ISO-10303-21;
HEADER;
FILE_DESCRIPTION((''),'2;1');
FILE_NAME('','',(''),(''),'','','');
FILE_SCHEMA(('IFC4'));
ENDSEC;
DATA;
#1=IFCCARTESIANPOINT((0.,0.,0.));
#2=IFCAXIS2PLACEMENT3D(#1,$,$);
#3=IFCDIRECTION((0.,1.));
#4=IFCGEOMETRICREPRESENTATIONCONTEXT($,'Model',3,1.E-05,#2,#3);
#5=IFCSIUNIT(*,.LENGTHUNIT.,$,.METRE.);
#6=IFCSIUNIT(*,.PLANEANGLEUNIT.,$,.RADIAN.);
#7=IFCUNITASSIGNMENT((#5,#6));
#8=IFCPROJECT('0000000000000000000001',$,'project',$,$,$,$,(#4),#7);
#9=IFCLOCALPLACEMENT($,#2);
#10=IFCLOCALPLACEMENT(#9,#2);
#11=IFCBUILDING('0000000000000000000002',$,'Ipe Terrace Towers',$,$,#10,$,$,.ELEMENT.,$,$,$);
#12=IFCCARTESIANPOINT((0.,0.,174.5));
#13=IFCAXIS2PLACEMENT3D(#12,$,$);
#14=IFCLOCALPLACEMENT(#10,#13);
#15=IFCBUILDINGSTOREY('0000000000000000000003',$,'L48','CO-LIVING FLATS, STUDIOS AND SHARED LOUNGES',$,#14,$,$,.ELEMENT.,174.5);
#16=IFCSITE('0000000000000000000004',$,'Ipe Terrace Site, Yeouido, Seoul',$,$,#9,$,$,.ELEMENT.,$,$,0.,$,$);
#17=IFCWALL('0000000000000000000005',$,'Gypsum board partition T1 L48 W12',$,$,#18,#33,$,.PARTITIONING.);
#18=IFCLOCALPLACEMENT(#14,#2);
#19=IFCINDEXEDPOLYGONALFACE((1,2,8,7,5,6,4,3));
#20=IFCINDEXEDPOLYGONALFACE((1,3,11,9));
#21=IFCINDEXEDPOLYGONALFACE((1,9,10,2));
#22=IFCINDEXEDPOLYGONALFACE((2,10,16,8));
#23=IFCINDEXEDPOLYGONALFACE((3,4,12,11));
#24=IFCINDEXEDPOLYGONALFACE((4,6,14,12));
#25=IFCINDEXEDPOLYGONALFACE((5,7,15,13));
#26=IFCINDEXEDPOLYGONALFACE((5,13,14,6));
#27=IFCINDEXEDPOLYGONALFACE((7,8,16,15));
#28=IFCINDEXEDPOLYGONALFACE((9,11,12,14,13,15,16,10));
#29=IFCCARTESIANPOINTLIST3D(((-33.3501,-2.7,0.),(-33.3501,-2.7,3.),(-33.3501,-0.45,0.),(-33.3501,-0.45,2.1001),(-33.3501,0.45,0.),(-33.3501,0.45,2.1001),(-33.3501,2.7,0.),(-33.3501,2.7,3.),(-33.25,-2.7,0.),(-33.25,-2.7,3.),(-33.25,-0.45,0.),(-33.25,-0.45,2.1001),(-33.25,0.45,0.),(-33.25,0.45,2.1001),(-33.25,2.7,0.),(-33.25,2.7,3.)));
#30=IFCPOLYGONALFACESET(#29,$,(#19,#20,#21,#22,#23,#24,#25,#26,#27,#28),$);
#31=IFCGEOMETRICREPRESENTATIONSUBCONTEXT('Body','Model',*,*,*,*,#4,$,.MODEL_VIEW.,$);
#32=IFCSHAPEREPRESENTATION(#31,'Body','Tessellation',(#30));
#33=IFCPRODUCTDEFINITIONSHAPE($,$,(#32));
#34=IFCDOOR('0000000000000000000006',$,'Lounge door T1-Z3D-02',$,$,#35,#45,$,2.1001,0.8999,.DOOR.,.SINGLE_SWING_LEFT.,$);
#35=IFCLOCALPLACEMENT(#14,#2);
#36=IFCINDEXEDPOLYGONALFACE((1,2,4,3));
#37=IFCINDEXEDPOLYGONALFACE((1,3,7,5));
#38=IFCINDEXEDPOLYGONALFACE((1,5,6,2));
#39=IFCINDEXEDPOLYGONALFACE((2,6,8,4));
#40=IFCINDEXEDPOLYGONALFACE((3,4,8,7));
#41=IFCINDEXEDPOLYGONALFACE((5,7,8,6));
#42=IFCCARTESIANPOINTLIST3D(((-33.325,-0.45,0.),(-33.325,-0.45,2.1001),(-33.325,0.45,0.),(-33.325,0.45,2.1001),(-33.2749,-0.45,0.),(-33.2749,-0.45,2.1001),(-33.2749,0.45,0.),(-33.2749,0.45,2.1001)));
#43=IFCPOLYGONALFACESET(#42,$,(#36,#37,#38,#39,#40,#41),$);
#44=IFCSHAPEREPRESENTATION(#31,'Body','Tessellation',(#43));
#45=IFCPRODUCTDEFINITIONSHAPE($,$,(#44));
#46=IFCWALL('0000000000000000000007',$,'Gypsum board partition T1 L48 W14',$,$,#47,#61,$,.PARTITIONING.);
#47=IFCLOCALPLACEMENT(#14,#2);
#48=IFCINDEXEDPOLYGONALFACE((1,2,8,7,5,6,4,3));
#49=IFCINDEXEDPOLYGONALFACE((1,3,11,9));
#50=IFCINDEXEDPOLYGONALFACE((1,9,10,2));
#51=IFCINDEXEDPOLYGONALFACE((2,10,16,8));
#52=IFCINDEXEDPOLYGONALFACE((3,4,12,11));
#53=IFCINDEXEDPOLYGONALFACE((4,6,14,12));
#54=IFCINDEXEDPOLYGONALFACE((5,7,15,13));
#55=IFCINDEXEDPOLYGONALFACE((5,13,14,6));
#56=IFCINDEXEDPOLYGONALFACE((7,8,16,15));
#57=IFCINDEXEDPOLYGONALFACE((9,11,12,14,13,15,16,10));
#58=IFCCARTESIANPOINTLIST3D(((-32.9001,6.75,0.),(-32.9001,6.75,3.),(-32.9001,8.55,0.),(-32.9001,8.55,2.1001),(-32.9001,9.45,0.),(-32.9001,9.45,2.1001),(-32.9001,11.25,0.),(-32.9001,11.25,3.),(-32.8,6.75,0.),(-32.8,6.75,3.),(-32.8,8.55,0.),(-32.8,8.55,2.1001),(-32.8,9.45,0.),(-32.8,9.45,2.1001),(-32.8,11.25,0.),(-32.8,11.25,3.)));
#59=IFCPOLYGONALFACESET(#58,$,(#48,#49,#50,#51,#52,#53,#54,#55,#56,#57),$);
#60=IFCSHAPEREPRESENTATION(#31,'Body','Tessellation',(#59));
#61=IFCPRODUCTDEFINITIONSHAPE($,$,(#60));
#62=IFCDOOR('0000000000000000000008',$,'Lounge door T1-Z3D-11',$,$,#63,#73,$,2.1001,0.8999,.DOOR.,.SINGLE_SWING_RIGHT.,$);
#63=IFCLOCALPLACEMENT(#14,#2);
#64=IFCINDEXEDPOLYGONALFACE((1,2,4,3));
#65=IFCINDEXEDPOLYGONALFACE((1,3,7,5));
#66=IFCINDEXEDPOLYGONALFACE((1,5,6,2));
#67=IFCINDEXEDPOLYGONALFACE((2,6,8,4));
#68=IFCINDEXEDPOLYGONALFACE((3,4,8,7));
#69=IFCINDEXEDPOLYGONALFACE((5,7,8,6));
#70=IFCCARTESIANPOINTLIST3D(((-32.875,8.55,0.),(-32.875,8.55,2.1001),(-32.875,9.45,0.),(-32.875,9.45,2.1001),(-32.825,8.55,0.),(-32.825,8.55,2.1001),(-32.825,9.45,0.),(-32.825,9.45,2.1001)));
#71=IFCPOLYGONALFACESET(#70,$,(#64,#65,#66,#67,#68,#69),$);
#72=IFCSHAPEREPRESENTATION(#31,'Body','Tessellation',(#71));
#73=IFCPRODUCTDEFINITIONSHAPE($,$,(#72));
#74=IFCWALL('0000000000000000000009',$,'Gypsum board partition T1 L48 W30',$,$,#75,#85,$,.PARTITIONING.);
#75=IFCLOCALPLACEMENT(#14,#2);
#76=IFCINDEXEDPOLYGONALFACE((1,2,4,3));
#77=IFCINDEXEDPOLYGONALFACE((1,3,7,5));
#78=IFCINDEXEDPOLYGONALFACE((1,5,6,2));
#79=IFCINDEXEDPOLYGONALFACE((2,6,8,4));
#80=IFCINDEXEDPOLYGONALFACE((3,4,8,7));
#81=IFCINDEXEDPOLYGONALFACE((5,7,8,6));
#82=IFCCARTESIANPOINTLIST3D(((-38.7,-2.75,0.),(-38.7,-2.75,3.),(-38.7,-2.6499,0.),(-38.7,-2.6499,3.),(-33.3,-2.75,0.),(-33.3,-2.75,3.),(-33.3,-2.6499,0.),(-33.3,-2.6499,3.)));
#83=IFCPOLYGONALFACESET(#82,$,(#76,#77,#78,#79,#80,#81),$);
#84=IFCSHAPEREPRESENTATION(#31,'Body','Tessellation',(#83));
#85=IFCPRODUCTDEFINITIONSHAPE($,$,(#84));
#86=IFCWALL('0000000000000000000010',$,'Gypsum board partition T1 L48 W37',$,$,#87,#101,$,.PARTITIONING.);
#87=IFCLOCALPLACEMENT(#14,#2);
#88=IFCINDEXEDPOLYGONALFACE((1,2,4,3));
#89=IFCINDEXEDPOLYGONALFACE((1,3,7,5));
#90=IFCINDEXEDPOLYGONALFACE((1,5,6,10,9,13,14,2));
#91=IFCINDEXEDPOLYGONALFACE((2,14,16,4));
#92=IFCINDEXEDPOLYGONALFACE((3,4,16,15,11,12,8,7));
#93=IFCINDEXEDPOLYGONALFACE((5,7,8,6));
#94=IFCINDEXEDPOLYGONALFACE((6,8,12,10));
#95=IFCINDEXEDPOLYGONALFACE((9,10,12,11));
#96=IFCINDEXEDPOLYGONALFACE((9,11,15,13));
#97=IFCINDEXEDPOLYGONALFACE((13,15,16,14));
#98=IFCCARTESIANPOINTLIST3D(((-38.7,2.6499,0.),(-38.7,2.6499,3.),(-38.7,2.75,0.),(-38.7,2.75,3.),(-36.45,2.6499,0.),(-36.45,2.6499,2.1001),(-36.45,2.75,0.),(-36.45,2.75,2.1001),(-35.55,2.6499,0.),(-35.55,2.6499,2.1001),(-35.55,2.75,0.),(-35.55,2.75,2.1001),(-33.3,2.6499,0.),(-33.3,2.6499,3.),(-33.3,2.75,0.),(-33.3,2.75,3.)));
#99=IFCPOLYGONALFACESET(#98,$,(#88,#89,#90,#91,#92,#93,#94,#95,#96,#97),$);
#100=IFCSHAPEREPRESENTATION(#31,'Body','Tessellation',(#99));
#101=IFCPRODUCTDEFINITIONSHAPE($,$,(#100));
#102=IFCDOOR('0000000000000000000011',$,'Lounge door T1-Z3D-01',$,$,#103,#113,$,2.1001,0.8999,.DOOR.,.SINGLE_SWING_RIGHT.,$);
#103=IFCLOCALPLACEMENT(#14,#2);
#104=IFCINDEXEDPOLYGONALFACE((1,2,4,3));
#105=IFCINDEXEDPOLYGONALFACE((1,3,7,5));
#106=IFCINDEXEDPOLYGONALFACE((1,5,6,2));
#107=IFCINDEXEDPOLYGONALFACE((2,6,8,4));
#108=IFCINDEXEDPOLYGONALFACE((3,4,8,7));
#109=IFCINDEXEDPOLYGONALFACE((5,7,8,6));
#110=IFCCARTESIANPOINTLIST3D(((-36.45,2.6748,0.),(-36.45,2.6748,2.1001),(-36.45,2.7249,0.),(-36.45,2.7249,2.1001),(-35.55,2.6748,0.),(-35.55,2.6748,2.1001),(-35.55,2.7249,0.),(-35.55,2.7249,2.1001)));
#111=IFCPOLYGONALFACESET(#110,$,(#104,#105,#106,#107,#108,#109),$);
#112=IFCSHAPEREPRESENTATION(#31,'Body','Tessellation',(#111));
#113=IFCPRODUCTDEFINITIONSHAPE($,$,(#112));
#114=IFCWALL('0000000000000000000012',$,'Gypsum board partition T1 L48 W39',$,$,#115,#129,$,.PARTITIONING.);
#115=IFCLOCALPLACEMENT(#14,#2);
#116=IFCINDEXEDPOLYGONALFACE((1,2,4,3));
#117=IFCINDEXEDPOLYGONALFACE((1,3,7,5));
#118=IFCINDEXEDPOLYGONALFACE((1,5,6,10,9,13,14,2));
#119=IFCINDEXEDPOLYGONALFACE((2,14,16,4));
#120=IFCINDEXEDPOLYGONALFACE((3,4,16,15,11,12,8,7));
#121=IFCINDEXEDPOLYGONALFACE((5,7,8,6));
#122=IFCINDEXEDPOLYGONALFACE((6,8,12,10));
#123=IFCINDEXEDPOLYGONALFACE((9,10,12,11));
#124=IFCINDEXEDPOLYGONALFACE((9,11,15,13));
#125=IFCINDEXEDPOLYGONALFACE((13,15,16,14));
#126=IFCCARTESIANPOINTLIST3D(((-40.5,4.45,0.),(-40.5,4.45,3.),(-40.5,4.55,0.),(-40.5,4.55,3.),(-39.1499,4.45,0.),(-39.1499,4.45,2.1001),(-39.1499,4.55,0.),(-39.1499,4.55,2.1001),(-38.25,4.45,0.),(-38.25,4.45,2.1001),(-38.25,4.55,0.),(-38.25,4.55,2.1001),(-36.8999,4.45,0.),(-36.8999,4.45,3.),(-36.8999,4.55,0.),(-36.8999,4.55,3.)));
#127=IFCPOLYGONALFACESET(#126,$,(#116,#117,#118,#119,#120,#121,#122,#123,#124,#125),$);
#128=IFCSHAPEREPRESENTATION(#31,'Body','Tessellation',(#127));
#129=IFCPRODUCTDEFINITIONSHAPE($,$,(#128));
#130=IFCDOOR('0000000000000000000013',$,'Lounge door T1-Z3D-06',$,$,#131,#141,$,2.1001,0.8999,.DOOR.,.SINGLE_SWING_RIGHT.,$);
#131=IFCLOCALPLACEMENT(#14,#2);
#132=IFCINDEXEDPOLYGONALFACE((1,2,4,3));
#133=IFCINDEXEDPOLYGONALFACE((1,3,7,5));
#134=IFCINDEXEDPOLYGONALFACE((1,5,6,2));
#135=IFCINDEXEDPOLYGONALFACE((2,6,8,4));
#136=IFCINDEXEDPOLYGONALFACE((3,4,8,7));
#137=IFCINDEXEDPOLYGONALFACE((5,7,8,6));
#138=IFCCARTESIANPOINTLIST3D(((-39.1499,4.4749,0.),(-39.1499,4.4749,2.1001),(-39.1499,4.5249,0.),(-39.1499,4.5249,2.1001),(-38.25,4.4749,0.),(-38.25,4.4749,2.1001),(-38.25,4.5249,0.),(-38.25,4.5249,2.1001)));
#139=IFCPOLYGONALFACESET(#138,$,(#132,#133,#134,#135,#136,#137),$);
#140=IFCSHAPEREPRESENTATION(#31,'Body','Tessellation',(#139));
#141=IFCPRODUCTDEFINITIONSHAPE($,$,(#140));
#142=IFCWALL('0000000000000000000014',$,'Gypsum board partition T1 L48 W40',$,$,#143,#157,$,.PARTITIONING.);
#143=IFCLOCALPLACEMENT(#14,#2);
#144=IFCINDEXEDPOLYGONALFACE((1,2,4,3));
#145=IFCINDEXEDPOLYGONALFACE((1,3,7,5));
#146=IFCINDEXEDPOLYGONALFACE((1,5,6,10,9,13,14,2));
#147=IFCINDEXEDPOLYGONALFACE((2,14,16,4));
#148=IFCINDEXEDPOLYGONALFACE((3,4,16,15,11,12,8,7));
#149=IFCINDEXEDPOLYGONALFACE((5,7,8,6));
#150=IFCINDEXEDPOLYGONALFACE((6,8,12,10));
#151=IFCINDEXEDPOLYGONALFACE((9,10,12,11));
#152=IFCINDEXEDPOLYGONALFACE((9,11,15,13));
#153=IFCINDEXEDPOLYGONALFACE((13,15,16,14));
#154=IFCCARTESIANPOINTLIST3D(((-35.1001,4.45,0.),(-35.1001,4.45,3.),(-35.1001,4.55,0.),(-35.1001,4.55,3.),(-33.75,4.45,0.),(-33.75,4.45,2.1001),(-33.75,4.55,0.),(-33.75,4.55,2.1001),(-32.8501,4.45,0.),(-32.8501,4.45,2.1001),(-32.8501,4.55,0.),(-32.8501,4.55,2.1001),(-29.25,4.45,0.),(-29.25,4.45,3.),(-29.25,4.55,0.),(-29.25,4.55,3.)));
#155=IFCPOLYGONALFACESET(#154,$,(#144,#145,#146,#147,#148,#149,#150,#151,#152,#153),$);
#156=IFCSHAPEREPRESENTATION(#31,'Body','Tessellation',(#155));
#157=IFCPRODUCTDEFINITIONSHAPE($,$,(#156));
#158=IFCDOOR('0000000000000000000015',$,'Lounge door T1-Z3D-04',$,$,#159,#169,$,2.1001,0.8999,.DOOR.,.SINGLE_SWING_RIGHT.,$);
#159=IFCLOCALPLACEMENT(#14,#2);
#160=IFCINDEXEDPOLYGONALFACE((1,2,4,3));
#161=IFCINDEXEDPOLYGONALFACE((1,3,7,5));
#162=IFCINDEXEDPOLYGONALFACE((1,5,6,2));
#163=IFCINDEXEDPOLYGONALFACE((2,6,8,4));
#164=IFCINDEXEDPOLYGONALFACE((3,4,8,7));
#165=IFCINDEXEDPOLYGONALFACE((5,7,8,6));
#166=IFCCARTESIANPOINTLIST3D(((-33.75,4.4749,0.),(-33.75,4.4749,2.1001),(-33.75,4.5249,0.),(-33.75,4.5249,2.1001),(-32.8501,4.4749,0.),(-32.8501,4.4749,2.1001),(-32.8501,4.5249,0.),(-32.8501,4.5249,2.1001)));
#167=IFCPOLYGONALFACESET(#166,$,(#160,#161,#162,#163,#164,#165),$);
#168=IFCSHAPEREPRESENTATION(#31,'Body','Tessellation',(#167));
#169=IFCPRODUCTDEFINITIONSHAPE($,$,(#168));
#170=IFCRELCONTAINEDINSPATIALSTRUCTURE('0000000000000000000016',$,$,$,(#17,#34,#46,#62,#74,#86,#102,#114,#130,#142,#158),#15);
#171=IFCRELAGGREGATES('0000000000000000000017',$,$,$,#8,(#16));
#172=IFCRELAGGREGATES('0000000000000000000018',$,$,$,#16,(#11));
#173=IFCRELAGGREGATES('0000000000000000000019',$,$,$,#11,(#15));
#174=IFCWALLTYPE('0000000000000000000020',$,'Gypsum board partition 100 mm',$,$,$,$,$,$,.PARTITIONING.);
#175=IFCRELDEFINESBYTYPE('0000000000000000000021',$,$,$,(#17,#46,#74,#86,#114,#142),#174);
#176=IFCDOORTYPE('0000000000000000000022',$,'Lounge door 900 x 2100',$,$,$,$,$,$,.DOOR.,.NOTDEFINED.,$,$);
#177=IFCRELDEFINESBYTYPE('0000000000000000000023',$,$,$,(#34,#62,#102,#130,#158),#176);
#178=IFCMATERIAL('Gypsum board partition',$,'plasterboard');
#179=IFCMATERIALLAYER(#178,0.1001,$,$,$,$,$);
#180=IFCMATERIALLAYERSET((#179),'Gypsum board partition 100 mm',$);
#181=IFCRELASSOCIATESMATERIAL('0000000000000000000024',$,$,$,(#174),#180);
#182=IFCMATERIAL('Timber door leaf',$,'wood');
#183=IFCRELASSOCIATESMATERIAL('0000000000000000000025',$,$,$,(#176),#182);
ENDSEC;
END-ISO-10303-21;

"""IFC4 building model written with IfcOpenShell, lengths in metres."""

from ifc_helpers import new_model, si_unit, direction, frame, frame_2d, origin, place, context, subcontext, project, spatial, rectangle, extrude, material, layer, layer_set, type_object, element, fill, save


model = new_model("IFC4")

# Units and contexts
model_context = context("Model", 3, precision=1e-05, world=origin(), true_north=direction((0.0, 1.0)))
body_context = subcontext(model_context, "Body", "Model", "MODEL_VIEW")
ifc_project = project(units=[si_unit("LENGTHUNIT", "METRE"), si_unit("PLANEANGLEUNIT", "RADIAN")], contexts=[model_context])

# Site, building, storey
site_placement = place(None, origin())
site = spatial("IfcSite", under=ifc_project, at=site_placement, Name="Ipe Terrace Site, Yeouido, Seoul", CompositionType="ELEMENT", RefElevation=0.0)
building_placement = place(site_placement, origin())
building = spatial("IfcBuilding", under=site, at=building_placement, Name="Ipe Terrace Towers", CompositionType="ELEMENT")
storey_placement = place(building_placement, frame((0.0, 0.0, 174.5)))
storey = spatial("IfcBuildingStorey", under=building, at=storey_placement, Name="L48", Description="CO-LIVING FLATS, STUDIOS AND SHARED LOUNGES", CompositionType="ELEMENT", Elevation=174.5)

# Shared definitions
ifc_material_1 = material(Name="Gypsum board partition", Category="plasterboard")
ifc_layer_1 = layer(ifc_material_1, 0.1001)
ifc_layer_set_1 = layer_set([ifc_layer_1], Name="Gypsum board partition 100 mm")
wall_type_1 = type_object("IfcWallType", Name="Gypsum board partition 100 mm", PredefinedType="PARTITIONING", material=ifc_layer_set_1)

# Walls, openings, doors
ifc_material_2 = material(Name="Timber door leaf", Category="wood")
door_type = type_object("IfcDoorType", Name="Lounge door 900 x 2100", OperationType="NOTDEFINED", PredefinedType="DOOR", material=ifc_material_2)
wall_1_placement = place(storey_placement, frame((-33.3, -2.7, 0.0), z_axis=(0.0, 0.0, 1.0), x_axis=(0.0, 1.0, 0.0)))
wall_1 = element("IfcWall", 1, at=wall_1_placement, inside=storey, type_object=wall_type_1, Name="Gypsum board partition T1 L48 W12", PredefinedType="PARTITIONING", context=body_context, shape_type="SweptSolid", body=[
    extrude(rectangle(XDim=5.3999, YDim=0.1001, at=frame_2d((2.7, 0.0))), origin(), (0.0, 0.0, 1.0), 3.0),
])
opening_1_placement = place(wall_1_placement, frame((2.25, 0.0, 0.0)))
opening_1 = element("IfcOpeningElement", 2, at=opening_1_placement, cuts=wall_1, PredefinedType="OPENING", context=body_context, shape_type="SweptSolid", body=[
    extrude(rectangle(XDim=0.8999, YDim=2.1001, at=frame_2d((0.45, 1.05))), frame((0.0, 0.0601, 0.0), z_axis=(0.0, -1.0, 0.0), x_axis=(1.0, 0.0, 0.0)), (0.0, 0.0, 1.0), 0.1201),
])
door_1_placement = place(opening_1_placement, origin())
door_1 = element("IfcDoor", 3, at=door_1_placement, inside=storey, type_object=door_type, Name="Lounge door T1-Z3D-02", OperationType="SINGLE_SWING_LEFT", OverallHeight=2.1001, OverallWidth=0.8999, PredefinedType="DOOR", context=body_context, shape_type="SweptSolid", body=[
    extrude(rectangle(XDim=0.8999, YDim=2.1001, at=frame_2d((0.45, 1.05))), frame((0.0, 0.0249, 0.0), z_axis=(0.0, -1.0, 0.0), x_axis=(1.0, 0.0, 0.0)), (0.0, 0.0, 1.0), 0.05),
])
fill(opening_1, door_1)
wall_2_placement = place(storey_placement, frame((-32.8501, 6.75, 0.0), z_axis=(0.0, 0.0, 1.0), x_axis=(0.0, 1.0, 0.0)))
wall_2 = element("IfcWall", 4, at=wall_2_placement, inside=storey, type_object=wall_type_1, Name="Gypsum board partition T1 L48 W14", PredefinedType="PARTITIONING", context=body_context, shape_type="SweptSolid", body=[
    extrude(rectangle(XDim=4.5, YDim=0.1001, at=frame_2d((2.25, 0.0))), origin(), (0.0, 0.0, 1.0), 3.0),
])
opening_2_placement = place(wall_2_placement, frame((1.8, 0.0, 0.0)))
opening_2 = element("IfcOpeningElement", 5, at=opening_2_placement, cuts=wall_2, PredefinedType="OPENING", context=body_context, shape_type="SweptSolid", body=[
    extrude(rectangle(XDim=0.8999, YDim=2.1001, at=frame_2d((0.45, 1.05))), frame((0.0, 0.0601, 0.0), z_axis=(0.0, -1.0, 0.0), x_axis=(1.0, 0.0, 0.0)), (0.0, 0.0, 1.0), 0.1201),
])
door_2_placement = place(opening_2_placement, origin())
door_2 = element("IfcDoor", 6, at=door_2_placement, inside=storey, type_object=door_type, Name="Lounge door T1-Z3D-11", OperationType="SINGLE_SWING_RIGHT", OverallHeight=2.1001, OverallWidth=0.8999, PredefinedType="DOOR", context=body_context, shape_type="SweptSolid", body=[
    extrude(rectangle(XDim=0.8999, YDim=2.1001, at=frame_2d((0.45, 1.05))), frame((0.0, 0.0249, 0.0), z_axis=(0.0, -1.0, 0.0), x_axis=(1.0, 0.0, 0.0)), (0.0, 0.0, 1.0), 0.05),
])
fill(opening_2, door_2)

# Wall
wall_3_placement = place(storey_placement, frame((-38.7, -2.7, 0.0), z_axis=(0.0, 0.0, 1.0), x_axis=(1.0, 0.0, 0.0)))
element("IfcWall", 7, at=wall_3_placement, inside=storey, type_object=wall_type_1, Name="Gypsum board partition T1 L48 W30", PredefinedType="PARTITIONING", context=body_context, shape_type="SweptSolid", body=[
    extrude(rectangle(XDim=5.3999, YDim=0.1001, at=frame_2d((2.7, 0.0))), origin(), (0.0, 0.0, 1.0), 3.0),
])

# Walls, openings, doors
wall_4_placement = place(storey_placement, frame((-38.7, 2.7, 0.0), z_axis=(0.0, 0.0, 1.0), x_axis=(1.0, 0.0, 0.0)))
wall_4 = element("IfcWall", 8, at=wall_4_placement, inside=storey, type_object=wall_type_1, Name="Gypsum board partition T1 L48 W37", PredefinedType="PARTITIONING", context=body_context, shape_type="SweptSolid", body=[
    extrude(rectangle(XDim=5.3999, YDim=0.1001, at=frame_2d((2.7, 0.0))), origin(), (0.0, 0.0, 1.0), 3.0),
])
opening_3_placement = place(wall_4_placement, frame((2.25, 0.0, 0.0)))
opening_3 = element("IfcOpeningElement", 9, at=opening_3_placement, cuts=wall_4, PredefinedType="OPENING", context=body_context, shape_type="SweptSolid", body=[
    extrude(rectangle(XDim=0.8999, YDim=2.1001, at=frame_2d((0.45, 1.05))), frame((0.0, 0.0601, 0.0), z_axis=(0.0, -1.0, 0.0), x_axis=(1.0, 0.0, 0.0)), (0.0, 0.0, 1.0), 0.1201),
])
door_3_placement = place(opening_3_placement, origin())
door_3 = element("IfcDoor", 10, at=door_3_placement, inside=storey, type_object=door_type, Name="Lounge door T1-Z3D-01", OperationType="SINGLE_SWING_RIGHT", OverallHeight=2.1001, OverallWidth=0.8999, PredefinedType="DOOR", context=body_context, shape_type="SweptSolid", body=[
    extrude(rectangle(XDim=0.8999, YDim=2.1001, at=frame_2d((0.45, 1.05))), frame((0.0, 0.0249, 0.0), z_axis=(0.0, -1.0, 0.0), x_axis=(1.0, 0.0, 0.0)), (0.0, 0.0, 1.0), 0.05),
])
fill(opening_3, door_3)
wall_5_placement = place(storey_placement, frame((-40.5, 4.5, 0.0), z_axis=(0.0, 0.0, 1.0), x_axis=(1.0, 0.0, 0.0)))
wall_5 = element("IfcWall", 11, at=wall_5_placement, inside=storey, type_object=wall_type_1, Name="Gypsum board partition T1 L48 W39", PredefinedType="PARTITIONING", context=body_context, shape_type="SweptSolid", body=[
    extrude(rectangle(XDim=3.6001, YDim=0.1001, at=frame_2d((1.8, 0.0))), origin(), (0.0, 0.0, 1.0), 3.0),
])
opening_4_placement = place(wall_5_placement, frame((1.3501, 0.0, 0.0)))
opening_4 = element("IfcOpeningElement", 12, at=opening_4_placement, cuts=wall_5, PredefinedType="OPENING", context=body_context, shape_type="SweptSolid", body=[
    extrude(rectangle(XDim=0.8999, YDim=2.1001, at=frame_2d((0.45, 1.05))), frame((0.0, 0.0601, 0.0), z_axis=(0.0, -1.0, 0.0), x_axis=(1.0, 0.0, 0.0)), (0.0, 0.0, 1.0), 0.1201),
])
door_4_placement = place(opening_4_placement, origin())
door_4 = element("IfcDoor", 13, at=door_4_placement, inside=storey, type_object=door_type, Name="Lounge door T1-Z3D-06", OperationType="SINGLE_SWING_RIGHT", OverallHeight=2.1001, OverallWidth=0.8999, PredefinedType="DOOR", context=body_context, shape_type="SweptSolid", body=[
    extrude(rectangle(XDim=0.8999, YDim=2.1001, at=frame_2d((0.45, 1.05))), frame((0.0, 0.0249, 0.0), z_axis=(0.0, -1.0, 0.0), x_axis=(1.0, 0.0, 0.0)), (0.0, 0.0, 1.0), 0.05),
])
fill(opening_4, door_4)
wall_6_placement = place(storey_placement, frame((-35.1001, 4.5, 0.0), z_axis=(0.0, 0.0, 1.0), x_axis=(1.0, 0.0, 0.0)))
wall_6 = element("IfcWall", 14, at=wall_6_placement, inside=storey, type_object=wall_type_1, Name="Gypsum board partition T1 L48 W40", PredefinedType="PARTITIONING", context=body_context, shape_type="SweptSolid", body=[
    extrude(rectangle(XDim=5.8501, YDim=0.1001, at=frame_2d((2.925, 0.0))), origin(), (0.0, 0.0, 1.0), 3.0),
])
opening_5_placement = place(wall_6_placement, frame((1.3501, 0.0, 0.0)))
opening_5 = element("IfcOpeningElement", 15, at=opening_5_placement, cuts=wall_6, PredefinedType="OPENING", context=body_context, shape_type="SweptSolid", body=[
    extrude(rectangle(XDim=0.8999, YDim=2.1001, at=frame_2d((0.45, 1.05))), frame((0.0, 0.0601, 0.0), z_axis=(0.0, -1.0, 0.0), x_axis=(1.0, 0.0, 0.0)), (0.0, 0.0, 1.0), 0.1201),
])
door_5_placement = place(opening_5_placement, origin())
door_5 = element("IfcDoor", 16, at=door_5_placement, inside=storey, type_object=door_type, Name="Lounge door T1-Z3D-04", OperationType="SINGLE_SWING_RIGHT", OverallHeight=2.1001, OverallWidth=0.8999, PredefinedType="DOOR", context=body_context, shape_type="SweptSolid", body=[
    extrude(rectangle(XDim=0.8999, YDim=2.1001, at=frame_2d((0.45, 1.05))), frame((0.0, 0.0249, 0.0), z_axis=(0.0, -1.0, 0.0), x_axis=(1.0, 0.0, 0.0)), (0.0, 0.0, 1.0), 0.05),
])
fill(opening_5, door_5)

save(model, "model.ifc")
